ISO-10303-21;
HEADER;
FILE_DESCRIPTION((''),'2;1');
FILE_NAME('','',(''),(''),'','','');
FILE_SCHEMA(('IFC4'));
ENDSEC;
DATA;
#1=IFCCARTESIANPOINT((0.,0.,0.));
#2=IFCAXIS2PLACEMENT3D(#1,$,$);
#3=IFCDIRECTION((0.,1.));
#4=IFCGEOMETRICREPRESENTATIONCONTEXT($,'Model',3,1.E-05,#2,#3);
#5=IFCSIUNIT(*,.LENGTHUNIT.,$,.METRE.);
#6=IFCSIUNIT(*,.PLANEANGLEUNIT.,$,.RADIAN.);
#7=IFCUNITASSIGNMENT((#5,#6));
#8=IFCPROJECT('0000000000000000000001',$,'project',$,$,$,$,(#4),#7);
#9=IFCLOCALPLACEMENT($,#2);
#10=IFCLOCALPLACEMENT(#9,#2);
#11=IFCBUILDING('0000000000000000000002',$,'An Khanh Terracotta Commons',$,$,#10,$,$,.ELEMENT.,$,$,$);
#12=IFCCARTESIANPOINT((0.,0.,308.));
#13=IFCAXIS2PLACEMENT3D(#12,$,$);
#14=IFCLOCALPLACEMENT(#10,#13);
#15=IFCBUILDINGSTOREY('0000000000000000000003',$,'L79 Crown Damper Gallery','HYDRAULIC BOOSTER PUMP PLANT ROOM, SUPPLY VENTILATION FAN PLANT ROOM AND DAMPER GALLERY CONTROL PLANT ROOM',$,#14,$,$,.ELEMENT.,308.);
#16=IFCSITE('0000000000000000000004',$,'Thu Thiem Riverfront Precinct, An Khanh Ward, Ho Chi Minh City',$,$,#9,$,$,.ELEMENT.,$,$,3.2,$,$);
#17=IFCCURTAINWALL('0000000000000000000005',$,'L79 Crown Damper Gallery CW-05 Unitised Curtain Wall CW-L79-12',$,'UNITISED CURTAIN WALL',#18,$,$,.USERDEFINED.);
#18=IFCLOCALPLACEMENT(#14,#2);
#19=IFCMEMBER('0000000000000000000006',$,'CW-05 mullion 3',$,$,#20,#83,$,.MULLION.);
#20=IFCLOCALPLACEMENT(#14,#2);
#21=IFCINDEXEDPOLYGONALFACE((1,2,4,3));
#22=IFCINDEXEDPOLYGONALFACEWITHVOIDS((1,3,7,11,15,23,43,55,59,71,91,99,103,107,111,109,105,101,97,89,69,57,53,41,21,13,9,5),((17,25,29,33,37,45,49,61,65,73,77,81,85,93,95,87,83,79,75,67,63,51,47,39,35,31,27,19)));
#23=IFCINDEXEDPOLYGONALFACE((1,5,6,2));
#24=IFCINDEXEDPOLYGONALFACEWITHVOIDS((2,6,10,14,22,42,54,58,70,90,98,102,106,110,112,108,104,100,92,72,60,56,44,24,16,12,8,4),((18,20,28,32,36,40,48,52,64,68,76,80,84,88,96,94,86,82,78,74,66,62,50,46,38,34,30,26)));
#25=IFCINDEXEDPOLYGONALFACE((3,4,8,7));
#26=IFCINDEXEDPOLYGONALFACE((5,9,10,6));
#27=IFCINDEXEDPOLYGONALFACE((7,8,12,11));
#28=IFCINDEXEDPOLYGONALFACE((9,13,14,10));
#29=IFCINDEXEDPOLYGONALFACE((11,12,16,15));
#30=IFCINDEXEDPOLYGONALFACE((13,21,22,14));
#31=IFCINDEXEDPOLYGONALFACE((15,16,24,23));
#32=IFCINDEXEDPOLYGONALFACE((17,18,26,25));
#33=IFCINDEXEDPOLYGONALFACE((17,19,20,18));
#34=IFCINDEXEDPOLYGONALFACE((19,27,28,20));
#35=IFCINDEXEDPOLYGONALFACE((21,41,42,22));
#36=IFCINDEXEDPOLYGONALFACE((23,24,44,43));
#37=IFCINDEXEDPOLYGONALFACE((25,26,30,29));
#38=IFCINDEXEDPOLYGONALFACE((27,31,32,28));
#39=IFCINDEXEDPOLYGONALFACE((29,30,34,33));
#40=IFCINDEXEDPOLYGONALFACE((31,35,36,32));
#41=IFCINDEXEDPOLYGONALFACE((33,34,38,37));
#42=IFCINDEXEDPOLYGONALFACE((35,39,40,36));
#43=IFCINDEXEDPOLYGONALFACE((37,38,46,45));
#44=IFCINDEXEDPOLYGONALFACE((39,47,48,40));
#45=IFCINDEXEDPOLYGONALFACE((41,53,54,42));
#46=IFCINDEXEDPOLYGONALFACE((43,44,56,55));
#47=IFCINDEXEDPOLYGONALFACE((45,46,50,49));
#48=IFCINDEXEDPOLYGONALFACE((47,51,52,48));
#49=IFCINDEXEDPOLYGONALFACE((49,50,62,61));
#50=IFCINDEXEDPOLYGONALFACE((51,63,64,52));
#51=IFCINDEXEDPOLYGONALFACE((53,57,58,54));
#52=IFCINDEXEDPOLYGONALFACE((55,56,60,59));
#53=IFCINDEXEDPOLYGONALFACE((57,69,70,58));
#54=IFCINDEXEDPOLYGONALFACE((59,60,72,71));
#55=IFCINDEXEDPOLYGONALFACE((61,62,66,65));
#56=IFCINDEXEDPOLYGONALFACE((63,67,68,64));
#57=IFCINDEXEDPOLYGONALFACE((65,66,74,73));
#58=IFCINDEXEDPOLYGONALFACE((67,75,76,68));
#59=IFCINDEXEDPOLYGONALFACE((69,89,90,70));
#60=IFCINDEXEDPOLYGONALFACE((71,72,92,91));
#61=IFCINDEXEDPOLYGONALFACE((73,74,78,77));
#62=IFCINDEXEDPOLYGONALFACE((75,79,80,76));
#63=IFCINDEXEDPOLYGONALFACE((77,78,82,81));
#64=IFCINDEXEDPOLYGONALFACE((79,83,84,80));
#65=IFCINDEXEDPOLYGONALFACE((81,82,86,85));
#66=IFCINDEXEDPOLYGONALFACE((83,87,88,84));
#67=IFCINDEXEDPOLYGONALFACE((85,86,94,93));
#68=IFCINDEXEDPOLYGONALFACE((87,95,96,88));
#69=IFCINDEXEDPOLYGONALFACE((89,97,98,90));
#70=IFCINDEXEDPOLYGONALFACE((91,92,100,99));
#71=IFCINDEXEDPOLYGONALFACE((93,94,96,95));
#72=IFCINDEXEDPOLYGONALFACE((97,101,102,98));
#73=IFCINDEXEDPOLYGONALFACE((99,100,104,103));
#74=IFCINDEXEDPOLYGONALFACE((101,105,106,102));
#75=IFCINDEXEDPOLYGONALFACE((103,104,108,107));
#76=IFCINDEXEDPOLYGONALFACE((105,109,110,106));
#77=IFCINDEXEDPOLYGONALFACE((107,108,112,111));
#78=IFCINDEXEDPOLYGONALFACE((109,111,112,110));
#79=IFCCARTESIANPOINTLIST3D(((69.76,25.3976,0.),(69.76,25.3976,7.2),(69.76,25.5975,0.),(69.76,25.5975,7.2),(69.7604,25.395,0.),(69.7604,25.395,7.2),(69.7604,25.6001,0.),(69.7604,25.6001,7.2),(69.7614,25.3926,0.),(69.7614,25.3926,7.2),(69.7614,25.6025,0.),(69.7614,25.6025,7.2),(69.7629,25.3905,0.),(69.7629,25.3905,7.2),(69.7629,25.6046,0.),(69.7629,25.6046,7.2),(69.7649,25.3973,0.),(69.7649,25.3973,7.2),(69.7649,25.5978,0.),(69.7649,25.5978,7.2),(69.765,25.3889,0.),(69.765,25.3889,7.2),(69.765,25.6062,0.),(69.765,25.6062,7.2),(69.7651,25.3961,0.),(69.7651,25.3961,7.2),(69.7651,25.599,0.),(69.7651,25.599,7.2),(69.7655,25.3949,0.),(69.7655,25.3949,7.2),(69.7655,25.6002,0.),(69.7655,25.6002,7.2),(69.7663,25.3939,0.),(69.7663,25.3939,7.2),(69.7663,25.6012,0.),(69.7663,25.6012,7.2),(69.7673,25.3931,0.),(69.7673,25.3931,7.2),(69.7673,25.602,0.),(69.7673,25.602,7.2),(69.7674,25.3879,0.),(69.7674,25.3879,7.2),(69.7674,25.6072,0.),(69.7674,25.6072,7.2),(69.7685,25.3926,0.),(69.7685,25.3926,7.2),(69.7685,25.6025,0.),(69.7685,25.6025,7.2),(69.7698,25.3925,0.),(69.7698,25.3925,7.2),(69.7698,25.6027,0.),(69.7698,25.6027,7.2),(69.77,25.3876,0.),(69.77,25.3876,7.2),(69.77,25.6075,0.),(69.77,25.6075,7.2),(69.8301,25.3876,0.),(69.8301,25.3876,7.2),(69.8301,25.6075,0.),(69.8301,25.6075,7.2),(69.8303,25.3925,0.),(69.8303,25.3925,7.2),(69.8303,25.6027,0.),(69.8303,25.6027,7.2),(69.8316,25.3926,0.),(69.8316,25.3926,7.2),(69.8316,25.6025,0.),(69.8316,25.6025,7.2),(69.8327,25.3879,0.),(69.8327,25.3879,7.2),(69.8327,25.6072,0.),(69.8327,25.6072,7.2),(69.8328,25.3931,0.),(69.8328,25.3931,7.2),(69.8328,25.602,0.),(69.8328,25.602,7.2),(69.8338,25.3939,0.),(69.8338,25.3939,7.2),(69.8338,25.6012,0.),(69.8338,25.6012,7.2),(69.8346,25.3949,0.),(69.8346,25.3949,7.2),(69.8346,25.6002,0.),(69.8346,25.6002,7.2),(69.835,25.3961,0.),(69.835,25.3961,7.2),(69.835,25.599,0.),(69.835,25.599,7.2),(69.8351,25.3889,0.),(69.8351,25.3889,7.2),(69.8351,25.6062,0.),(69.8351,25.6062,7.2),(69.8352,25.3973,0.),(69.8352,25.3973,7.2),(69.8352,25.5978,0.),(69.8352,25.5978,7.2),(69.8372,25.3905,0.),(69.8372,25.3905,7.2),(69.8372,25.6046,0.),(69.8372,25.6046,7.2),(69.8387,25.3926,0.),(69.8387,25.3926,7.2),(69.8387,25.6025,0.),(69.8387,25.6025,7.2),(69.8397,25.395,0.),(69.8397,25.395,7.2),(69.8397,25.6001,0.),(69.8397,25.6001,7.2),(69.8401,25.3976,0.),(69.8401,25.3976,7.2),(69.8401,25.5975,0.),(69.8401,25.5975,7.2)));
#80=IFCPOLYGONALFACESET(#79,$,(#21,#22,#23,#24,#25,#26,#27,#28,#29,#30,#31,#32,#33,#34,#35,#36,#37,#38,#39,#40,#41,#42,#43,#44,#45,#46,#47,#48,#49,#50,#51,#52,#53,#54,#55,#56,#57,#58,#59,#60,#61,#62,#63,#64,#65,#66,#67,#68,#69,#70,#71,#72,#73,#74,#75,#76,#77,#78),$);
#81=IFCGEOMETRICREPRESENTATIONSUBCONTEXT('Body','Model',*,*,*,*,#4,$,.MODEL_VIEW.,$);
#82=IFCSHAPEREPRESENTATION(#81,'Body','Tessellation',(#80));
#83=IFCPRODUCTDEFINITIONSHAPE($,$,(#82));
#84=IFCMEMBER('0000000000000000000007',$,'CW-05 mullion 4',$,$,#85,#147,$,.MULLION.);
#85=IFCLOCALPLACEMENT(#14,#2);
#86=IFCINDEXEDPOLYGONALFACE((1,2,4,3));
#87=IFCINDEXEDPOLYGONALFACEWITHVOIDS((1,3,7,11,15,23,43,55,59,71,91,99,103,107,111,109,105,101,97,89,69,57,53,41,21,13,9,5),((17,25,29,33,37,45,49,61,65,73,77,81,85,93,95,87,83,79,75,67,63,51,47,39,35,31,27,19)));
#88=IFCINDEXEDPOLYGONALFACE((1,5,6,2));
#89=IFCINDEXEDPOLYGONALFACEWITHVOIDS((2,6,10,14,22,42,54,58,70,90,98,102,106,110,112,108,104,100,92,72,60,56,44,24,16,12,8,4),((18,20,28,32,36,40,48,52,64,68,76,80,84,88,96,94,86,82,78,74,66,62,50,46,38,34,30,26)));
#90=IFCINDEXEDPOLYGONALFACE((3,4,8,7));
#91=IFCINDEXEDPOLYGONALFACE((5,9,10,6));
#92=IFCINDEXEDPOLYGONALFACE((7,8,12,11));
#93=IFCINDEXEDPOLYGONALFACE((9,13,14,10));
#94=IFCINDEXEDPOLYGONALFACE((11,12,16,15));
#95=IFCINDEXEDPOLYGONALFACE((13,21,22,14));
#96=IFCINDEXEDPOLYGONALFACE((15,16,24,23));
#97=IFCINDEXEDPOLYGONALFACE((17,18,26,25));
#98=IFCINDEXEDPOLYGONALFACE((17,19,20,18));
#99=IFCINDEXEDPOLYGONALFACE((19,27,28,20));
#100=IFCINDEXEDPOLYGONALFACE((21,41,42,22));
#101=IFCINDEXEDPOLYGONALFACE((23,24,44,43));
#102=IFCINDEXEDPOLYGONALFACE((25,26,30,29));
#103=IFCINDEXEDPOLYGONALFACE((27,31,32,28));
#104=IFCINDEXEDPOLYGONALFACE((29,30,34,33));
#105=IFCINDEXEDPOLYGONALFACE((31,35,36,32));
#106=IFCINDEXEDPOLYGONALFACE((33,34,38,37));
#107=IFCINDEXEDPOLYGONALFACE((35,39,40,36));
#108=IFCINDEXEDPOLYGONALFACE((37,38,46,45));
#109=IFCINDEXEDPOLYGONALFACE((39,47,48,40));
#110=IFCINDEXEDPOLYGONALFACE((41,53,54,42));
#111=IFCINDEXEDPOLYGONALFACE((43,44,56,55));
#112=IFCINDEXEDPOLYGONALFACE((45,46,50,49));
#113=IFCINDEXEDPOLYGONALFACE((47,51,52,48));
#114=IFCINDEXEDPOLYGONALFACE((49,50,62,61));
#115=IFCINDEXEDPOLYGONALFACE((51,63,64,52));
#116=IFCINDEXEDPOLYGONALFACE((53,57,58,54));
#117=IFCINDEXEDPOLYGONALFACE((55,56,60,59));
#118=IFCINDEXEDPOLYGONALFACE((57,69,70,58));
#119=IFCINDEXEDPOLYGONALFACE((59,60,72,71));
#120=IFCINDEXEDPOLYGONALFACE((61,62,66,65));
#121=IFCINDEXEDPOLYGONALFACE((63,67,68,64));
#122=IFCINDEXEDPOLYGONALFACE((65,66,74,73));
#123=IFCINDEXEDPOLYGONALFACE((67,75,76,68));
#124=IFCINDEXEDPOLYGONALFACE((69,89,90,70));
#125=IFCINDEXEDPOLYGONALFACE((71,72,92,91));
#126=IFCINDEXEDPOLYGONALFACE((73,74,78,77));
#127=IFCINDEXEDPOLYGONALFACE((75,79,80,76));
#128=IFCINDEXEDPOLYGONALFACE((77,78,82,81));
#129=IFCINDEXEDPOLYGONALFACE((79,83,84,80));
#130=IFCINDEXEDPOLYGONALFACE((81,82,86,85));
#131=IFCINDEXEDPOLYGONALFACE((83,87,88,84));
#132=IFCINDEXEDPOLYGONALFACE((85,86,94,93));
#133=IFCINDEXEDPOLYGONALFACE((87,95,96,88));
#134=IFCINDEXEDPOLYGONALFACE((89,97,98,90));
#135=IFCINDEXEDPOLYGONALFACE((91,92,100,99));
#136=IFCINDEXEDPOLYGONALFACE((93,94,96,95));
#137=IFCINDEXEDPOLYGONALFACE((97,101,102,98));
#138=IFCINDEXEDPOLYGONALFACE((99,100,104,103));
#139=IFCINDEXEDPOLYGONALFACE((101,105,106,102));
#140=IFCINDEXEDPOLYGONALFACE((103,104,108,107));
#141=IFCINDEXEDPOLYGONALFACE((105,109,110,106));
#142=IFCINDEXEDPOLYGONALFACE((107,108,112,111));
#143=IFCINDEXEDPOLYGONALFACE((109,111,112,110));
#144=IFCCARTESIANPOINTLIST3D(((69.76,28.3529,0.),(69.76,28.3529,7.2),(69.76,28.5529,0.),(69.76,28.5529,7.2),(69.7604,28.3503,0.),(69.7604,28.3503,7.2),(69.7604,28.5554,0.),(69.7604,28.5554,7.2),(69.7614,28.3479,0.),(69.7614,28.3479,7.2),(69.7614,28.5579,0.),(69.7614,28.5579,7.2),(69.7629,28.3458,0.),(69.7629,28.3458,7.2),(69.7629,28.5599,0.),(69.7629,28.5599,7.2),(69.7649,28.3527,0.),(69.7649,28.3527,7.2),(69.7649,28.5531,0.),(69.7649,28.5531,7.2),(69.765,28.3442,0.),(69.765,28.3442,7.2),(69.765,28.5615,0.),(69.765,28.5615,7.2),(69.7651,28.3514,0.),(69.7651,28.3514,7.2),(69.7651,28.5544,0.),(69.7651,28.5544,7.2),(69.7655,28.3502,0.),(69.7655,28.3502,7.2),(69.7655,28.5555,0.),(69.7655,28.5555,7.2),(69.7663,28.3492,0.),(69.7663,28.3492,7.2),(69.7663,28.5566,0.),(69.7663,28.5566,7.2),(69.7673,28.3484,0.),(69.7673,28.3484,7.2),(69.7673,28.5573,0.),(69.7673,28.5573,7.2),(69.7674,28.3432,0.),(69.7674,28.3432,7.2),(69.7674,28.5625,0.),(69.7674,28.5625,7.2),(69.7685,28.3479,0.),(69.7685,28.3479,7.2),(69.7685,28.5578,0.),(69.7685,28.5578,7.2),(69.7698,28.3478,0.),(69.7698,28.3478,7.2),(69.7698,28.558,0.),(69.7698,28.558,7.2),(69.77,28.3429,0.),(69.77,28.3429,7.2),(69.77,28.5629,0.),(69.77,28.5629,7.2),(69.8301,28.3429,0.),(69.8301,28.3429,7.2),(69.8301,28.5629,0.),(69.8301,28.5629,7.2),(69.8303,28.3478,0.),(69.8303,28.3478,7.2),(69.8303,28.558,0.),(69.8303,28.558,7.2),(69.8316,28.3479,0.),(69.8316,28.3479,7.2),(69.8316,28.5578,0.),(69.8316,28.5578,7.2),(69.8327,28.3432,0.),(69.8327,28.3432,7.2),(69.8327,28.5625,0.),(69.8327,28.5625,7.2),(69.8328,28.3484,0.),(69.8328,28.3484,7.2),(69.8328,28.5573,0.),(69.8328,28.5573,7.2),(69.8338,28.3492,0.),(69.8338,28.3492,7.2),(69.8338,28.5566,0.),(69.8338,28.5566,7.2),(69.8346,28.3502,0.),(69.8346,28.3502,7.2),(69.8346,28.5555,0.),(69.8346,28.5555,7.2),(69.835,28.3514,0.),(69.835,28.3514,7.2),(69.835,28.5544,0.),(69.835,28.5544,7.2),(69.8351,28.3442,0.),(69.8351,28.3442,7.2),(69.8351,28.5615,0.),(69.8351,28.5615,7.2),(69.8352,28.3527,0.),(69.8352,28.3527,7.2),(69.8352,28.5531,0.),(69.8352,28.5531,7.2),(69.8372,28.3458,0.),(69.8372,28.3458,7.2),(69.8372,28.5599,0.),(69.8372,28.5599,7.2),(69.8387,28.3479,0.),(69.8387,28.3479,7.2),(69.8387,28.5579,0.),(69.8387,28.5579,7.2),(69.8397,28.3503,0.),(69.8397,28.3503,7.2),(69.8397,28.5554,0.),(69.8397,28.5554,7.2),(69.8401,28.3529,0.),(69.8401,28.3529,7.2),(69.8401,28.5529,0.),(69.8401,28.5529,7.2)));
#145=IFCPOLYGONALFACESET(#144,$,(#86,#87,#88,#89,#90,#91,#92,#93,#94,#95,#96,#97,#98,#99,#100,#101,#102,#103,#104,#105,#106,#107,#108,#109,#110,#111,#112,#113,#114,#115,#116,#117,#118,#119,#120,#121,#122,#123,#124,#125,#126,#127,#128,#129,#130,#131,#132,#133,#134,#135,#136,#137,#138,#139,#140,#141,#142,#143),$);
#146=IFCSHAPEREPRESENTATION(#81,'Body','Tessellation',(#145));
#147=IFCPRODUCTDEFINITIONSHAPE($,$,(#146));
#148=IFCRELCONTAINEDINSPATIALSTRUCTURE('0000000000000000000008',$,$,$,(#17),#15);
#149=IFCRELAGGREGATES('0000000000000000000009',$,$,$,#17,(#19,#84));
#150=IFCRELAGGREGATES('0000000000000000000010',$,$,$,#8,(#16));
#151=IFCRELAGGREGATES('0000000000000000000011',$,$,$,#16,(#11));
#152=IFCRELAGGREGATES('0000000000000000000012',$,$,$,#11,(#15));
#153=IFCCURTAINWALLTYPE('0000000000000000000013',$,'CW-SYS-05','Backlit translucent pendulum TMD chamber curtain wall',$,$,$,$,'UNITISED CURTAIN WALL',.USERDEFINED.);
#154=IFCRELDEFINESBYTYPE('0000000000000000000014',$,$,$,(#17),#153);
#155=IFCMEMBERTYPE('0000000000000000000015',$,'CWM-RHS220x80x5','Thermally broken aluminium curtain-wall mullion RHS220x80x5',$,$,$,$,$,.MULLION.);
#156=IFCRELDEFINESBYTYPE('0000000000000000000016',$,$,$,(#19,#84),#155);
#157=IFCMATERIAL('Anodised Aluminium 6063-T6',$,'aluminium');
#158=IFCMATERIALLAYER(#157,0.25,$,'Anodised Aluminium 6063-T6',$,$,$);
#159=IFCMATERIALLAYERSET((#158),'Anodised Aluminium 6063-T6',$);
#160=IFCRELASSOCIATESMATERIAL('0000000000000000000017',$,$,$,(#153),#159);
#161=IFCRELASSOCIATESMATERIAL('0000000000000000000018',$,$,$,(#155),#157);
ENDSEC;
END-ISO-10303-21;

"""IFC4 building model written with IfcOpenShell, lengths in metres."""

from ifc_helpers import new_model, si_unit, direction, frame, origin, origin_2d, place, context, subcontext, project, spatial, hollow_rectangle, extrude, material, layer, layer_set, material_profile, profile_set, type_object, element, aggregate, save


model = new_model("IFC4")

# Units and contexts
model_context = context("Model", 3, precision=1e-05, world=origin(), true_north=direction((0.0, 1.0)))
body_context = subcontext(model_context, "Body", "Model", "MODEL_VIEW")
ifc_project = project(units=[si_unit("LENGTHUNIT", "METRE"), si_unit("PLANEANGLEUNIT", "RADIAN")], contexts=[model_context])

# Site, building, storey
site_placement = place(None, origin())
site = spatial("IfcSite", under=ifc_project, at=site_placement, Name="Thu Thiem Riverfront Precinct, An Khanh Ward, Ho Chi Minh City", CompositionType="ELEMENT", RefElevation=3.2)
building_placement = place(site_placement, origin())
building = spatial("IfcBuilding", under=site, at=building_placement, Name="An Khanh Terracotta Commons", CompositionType="ELEMENT")
storey_placement = place(building_placement, frame((0.0, 0.0, 308.0)))
storey = spatial("IfcBuildingStorey", under=building, at=storey_placement, Name="L79 Crown Damper Gallery", Description="HYDRAULIC BOOSTER PUMP PLANT ROOM, SUPPLY VENTILATION FAN PLANT ROOM AND DAMPER GALLERY CONTROL PLANT ROOM", CompositionType="ELEMENT", Elevation=308.0)

# Curtain wall, members
ifc_material_1 = material(Name="Anodised Aluminium 6063-T6", Category="aluminium")
ifc_layer_1 = layer(ifc_material_1, 0.25, Name="Anodised Aluminium 6063-T6")
ifc_layer_set_1 = layer_set([ifc_layer_1], Name="Anodised Aluminium 6063-T6")
curtain_wall_type = type_object("IfcCurtainWallType", Name="CW-SYS-05", Description="Backlit translucent pendulum TMD chamber curtain wall", ElementType="UNITISED CURTAIN WALL", PredefinedType="USERDEFINED", material=ifc_layer_set_1)
curtain_wall_1_placement = place(storey_placement, origin())
curtain_wall_1 = element("IfcCurtainWall", 1, at=curtain_wall_1_placement, inside=storey, type_object=curtain_wall_type, Name="L79 Crown Damper Gallery CW-05 Unitised Curtain Wall CW-L79-12", ObjectType="UNITISED CURTAIN WALL", PredefinedType="USERDEFINED")
ifc_material_profile_1 = material_profile(ifc_material_1, hollow_rectangle(XDim=0.0801, YDim=0.22, WallThickness=0.0049, InnerFilletRadius=0.0049, OuterFilletRadius=0.01, at=origin_2d()), Name="RHS220x80x5")
ifc_profile_set_1 = profile_set([ifc_material_profile_1], Name="Anodised Aluminium 6063-T6")
member_type_1 = type_object("IfcMemberType", Name="CWM-RHS220x80x5", Description="Thermally broken aluminium curtain-wall mullion RHS220x80x5", PredefinedType="MULLION", material=ifc_profile_set_1)
member_1_placement = place(storey_placement, frame((69.8, 25.4976, 0.0), z_axis=(0.0, 0.0, 1.0), x_axis=(-1.0, 0.0, 0.0)))
member_1 = element("IfcMember", 2, at=member_1_placement, type_object=member_type_1, Name="CW-05 mullion 3", PredefinedType="MULLION", context=body_context, shape_type="SweptSolid", body=[
    extrude(hollow_rectangle(XDim=0.0801, YDim=0.22, WallThickness=0.0049, InnerFilletRadius=0.0049, OuterFilletRadius=0.01, at=origin_2d()), origin(), (0.0, 0.0, 1.0), 7.2),
])
member_2_placement = place(storey_placement, frame((69.8, 28.4529, 0.0), z_axis=(0.0, 0.0, 1.0), x_axis=(-1.0, 0.0, 0.0)))
member_2 = element("IfcMember", 3, at=member_2_placement, type_object=member_type_1, Name="CW-05 mullion 4", PredefinedType="MULLION", context=body_context, shape_type="SweptSolid", body=[
    extrude(hollow_rectangle(XDim=0.0801, YDim=0.22, WallThickness=0.0049, InnerFilletRadius=0.0049, OuterFilletRadius=0.01, at=origin_2d()), origin(), (0.0, 0.0, 1.0), 7.2),
])

aggregate(curtain_wall_1, [member_1, member_2])

save(model, "model.ifc")
